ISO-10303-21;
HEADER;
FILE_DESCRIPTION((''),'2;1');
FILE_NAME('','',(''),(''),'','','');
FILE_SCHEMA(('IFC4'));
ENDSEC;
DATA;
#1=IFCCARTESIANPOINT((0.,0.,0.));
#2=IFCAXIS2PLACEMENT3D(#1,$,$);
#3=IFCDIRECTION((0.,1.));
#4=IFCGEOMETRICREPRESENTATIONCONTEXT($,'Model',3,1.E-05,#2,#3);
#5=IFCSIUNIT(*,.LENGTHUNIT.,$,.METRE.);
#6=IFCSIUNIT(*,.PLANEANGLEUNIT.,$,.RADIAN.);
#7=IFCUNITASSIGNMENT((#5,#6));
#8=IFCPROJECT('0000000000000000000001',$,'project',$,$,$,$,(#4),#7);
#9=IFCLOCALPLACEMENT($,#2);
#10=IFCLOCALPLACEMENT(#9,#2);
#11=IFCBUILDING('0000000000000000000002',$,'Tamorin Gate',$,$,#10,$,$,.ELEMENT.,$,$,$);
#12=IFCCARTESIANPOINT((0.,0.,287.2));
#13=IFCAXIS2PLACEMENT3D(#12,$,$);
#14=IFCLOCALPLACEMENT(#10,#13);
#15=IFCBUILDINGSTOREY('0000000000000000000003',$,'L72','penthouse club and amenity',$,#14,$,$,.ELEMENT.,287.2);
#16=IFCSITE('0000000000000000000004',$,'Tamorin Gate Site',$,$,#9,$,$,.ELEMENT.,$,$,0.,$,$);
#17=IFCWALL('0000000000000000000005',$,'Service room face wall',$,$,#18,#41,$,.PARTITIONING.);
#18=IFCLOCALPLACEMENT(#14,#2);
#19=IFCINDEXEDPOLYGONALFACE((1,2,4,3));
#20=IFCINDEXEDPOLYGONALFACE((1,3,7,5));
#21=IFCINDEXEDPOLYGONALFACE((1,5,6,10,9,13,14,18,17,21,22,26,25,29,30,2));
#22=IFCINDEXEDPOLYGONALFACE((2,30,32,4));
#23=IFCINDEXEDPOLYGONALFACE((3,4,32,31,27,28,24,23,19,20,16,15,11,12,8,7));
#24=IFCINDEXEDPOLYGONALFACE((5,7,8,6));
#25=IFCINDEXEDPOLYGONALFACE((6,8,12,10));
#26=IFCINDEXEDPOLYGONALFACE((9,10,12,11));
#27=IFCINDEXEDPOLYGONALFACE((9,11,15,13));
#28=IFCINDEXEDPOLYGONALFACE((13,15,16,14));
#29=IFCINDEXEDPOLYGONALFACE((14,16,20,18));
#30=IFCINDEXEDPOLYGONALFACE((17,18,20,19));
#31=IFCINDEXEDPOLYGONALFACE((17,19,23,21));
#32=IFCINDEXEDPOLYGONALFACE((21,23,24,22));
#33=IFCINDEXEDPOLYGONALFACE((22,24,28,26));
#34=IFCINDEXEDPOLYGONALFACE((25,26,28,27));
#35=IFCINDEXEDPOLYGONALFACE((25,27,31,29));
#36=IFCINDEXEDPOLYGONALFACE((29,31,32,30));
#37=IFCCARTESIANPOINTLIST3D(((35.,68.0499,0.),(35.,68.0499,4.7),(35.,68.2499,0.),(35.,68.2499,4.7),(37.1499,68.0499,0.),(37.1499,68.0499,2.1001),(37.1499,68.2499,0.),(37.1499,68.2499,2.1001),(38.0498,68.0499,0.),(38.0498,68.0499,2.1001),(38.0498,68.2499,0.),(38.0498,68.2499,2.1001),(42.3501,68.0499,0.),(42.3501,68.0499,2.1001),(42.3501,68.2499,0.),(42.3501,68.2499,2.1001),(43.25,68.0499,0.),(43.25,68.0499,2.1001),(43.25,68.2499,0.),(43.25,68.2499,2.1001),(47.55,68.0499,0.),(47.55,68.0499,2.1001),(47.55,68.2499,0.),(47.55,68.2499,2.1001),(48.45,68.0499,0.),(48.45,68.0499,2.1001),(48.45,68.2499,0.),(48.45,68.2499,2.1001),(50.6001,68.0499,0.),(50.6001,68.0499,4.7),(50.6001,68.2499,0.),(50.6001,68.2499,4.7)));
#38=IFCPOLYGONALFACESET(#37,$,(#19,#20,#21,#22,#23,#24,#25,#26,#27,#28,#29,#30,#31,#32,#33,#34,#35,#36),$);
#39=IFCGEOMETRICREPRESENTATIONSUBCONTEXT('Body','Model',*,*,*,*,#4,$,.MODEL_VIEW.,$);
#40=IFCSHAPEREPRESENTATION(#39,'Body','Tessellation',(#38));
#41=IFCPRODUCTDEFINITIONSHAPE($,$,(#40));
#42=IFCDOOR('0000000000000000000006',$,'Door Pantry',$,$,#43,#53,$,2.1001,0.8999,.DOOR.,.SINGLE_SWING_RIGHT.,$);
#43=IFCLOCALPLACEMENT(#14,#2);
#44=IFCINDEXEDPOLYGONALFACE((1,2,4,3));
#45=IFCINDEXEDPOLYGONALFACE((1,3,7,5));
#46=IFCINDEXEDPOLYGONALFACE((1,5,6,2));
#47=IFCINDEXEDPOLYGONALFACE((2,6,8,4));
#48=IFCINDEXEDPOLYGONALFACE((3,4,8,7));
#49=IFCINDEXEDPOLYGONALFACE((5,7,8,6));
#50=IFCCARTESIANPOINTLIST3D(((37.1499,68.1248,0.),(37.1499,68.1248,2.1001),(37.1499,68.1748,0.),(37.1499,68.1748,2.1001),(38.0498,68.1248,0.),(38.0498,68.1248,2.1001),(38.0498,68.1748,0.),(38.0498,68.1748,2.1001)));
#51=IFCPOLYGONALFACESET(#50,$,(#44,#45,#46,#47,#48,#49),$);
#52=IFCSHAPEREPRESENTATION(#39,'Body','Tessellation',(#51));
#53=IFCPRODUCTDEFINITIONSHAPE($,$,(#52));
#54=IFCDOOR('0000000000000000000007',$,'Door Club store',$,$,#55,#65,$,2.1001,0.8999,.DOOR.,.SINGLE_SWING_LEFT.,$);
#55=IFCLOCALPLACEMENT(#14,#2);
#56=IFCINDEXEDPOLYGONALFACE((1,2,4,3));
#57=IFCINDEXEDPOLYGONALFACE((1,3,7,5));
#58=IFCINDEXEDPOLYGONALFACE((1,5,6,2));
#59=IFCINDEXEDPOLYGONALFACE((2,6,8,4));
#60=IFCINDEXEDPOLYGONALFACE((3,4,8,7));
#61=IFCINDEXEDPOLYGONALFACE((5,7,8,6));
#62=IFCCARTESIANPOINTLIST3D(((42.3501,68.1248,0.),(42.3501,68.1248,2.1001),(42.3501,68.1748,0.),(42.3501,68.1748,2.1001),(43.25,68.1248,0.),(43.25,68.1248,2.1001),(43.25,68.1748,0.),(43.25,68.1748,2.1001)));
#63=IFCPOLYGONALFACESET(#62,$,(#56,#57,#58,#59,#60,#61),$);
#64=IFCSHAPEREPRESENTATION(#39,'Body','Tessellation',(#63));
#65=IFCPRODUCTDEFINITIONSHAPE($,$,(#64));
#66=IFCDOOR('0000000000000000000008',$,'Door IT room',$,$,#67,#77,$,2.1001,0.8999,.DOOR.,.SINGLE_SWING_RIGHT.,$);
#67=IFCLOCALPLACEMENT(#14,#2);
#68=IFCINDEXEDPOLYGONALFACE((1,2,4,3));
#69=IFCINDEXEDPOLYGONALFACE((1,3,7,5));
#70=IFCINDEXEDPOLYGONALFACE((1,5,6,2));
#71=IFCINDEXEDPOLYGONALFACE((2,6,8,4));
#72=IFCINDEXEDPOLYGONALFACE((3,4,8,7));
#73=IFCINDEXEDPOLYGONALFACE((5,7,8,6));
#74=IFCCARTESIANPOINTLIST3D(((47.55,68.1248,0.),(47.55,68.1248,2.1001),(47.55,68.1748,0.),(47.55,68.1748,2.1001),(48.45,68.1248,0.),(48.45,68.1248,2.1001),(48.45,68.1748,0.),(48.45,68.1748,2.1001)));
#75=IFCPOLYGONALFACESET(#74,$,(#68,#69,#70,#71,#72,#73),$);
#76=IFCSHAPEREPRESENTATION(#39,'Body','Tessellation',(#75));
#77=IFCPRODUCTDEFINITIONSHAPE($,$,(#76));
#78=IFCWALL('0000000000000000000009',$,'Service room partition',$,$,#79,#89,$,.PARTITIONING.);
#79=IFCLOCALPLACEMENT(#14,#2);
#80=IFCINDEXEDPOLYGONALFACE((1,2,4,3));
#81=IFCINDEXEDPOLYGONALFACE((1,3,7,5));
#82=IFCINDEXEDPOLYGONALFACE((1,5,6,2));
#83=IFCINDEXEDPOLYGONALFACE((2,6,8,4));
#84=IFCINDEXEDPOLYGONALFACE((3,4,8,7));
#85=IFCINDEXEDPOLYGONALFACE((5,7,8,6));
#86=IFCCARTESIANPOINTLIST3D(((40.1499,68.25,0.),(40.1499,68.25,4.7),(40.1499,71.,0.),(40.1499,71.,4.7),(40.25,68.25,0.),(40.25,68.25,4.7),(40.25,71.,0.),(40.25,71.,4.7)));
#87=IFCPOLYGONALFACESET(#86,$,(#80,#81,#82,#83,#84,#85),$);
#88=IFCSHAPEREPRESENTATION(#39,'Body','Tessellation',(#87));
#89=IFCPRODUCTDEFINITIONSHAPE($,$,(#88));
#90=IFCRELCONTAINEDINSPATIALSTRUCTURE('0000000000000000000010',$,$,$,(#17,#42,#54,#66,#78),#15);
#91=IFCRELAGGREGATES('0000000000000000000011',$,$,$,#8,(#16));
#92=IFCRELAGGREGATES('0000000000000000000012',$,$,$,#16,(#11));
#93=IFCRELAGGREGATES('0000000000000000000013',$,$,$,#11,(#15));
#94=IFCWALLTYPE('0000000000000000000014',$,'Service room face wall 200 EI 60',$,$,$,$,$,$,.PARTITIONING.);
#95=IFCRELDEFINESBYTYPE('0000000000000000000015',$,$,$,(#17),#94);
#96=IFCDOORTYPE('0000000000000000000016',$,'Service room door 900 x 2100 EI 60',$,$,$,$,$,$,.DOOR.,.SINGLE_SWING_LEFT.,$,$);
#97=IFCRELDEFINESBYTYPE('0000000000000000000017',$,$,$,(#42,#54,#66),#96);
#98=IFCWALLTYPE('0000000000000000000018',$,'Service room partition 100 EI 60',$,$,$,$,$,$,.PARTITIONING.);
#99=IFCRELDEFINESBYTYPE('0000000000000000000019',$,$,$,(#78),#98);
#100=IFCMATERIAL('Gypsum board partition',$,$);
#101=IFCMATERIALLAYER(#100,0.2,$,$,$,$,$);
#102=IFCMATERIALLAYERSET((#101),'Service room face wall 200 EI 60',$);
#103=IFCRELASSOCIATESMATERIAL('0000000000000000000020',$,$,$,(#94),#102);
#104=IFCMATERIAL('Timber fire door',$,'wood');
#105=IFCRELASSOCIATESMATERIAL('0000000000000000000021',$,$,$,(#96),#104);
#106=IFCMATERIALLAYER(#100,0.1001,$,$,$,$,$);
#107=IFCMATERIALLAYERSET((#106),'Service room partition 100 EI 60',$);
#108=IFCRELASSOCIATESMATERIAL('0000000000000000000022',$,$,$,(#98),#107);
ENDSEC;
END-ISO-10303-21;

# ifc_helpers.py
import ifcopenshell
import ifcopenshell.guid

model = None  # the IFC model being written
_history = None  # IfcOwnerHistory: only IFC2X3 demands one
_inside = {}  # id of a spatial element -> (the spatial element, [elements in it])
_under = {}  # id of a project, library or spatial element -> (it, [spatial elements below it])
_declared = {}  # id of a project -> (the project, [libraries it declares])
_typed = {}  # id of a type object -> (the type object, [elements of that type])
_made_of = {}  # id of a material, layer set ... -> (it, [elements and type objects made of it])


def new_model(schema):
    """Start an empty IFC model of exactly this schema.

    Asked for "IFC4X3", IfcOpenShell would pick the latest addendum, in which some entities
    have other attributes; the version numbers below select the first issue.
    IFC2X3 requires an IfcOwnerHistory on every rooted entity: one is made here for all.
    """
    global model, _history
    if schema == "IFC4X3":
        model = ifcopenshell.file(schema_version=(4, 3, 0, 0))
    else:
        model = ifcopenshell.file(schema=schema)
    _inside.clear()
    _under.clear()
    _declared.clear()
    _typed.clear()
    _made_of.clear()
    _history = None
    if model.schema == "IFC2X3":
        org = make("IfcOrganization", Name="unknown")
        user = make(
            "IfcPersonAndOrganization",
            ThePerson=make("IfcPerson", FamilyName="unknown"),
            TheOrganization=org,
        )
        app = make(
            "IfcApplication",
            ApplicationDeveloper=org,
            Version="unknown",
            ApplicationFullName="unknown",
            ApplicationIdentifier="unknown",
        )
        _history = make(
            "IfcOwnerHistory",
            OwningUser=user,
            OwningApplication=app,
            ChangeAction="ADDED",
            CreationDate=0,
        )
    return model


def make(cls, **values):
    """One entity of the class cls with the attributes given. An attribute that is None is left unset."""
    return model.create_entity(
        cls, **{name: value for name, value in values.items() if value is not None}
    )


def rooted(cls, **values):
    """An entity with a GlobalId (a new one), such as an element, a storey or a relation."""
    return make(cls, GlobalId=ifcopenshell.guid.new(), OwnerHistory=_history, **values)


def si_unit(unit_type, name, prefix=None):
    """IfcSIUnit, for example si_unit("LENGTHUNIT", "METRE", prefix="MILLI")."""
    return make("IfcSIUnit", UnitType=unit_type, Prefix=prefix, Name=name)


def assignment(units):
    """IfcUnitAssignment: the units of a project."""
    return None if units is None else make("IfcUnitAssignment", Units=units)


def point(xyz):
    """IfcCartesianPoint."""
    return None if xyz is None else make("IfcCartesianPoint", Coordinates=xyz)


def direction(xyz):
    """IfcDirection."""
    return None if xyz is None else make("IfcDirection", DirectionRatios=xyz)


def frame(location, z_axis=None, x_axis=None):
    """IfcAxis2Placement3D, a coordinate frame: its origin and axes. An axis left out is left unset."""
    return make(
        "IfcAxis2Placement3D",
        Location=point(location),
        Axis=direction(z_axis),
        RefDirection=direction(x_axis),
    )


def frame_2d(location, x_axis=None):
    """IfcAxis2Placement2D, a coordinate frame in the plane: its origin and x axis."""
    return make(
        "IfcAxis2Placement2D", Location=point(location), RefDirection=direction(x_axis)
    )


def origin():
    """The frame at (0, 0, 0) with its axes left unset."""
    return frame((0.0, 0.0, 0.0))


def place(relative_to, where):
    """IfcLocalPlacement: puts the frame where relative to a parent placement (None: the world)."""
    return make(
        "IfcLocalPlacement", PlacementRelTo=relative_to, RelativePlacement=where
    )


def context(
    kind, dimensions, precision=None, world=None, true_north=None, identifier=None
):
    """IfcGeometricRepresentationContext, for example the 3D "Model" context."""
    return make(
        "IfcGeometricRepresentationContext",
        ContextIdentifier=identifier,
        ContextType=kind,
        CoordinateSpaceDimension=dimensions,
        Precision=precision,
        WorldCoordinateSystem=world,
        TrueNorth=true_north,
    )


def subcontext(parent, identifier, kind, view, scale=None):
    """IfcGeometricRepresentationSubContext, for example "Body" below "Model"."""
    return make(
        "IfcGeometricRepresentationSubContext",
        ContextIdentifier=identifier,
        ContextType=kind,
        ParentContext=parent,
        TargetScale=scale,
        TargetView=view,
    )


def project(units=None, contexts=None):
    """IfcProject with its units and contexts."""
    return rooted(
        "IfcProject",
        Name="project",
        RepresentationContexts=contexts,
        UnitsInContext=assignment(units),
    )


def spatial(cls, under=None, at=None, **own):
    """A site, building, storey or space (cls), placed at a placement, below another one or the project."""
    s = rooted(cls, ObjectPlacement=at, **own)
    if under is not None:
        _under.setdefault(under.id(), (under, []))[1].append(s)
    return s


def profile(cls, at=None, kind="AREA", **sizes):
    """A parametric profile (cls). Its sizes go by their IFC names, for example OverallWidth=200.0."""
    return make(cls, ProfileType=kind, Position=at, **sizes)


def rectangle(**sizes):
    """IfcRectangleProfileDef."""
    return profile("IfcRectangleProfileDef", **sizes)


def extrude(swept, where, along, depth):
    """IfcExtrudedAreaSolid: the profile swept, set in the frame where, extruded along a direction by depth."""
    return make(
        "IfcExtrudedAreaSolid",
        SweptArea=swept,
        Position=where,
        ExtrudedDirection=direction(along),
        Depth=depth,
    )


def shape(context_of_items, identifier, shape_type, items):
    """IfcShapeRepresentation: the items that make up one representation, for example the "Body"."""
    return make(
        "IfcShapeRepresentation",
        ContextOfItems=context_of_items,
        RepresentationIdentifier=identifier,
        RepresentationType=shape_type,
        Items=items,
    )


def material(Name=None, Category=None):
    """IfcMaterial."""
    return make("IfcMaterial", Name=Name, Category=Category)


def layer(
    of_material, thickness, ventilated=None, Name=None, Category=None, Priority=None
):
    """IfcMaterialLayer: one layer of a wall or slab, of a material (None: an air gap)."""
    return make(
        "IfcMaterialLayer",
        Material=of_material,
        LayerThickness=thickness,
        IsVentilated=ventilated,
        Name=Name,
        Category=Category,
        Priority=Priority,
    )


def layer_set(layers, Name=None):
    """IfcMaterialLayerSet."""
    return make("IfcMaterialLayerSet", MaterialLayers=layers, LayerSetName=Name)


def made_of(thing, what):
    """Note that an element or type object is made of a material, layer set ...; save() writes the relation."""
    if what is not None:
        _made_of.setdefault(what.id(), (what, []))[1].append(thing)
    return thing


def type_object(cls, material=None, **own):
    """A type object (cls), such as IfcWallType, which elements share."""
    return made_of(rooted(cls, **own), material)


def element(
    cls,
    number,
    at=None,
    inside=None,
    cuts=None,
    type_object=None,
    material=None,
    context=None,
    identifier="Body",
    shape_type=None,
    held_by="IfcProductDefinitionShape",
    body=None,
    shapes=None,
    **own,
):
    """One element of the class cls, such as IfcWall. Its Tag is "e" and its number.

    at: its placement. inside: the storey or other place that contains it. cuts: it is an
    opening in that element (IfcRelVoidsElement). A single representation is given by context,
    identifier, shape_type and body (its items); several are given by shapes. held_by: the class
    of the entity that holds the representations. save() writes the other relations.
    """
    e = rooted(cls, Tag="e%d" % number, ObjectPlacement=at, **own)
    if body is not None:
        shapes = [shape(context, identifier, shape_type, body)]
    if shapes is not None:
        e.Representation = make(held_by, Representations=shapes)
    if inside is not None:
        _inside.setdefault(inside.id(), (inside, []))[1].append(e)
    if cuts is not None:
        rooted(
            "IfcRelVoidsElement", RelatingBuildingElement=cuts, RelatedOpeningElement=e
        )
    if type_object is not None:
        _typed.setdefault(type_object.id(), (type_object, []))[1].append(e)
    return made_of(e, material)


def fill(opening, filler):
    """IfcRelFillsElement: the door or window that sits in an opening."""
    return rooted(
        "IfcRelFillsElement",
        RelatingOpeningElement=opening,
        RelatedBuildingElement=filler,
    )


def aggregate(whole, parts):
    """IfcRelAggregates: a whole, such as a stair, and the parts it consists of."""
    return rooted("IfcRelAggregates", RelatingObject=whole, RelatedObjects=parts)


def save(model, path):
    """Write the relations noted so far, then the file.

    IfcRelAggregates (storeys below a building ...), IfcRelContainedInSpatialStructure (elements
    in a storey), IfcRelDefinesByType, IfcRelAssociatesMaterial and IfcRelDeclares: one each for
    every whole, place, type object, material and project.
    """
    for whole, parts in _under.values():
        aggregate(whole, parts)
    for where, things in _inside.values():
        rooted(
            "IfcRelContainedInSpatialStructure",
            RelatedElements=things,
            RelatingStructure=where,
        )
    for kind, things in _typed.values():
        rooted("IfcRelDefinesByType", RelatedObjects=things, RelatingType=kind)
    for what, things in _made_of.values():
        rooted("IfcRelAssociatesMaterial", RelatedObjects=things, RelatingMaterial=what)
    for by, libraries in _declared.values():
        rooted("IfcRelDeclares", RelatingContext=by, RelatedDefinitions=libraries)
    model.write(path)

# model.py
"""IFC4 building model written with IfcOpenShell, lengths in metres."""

from ifc_helpers import new_model, si_unit, direction, frame, frame_2d, origin, place, context, subcontext, project, spatial, rectangle, extrude, material, layer, layer_set, type_object, element, fill, save


model = new_model("IFC4")

# Units and contexts
model_context = context("Model", 3, precision=1e-05, world=origin(), true_north=direction((0.0, 1.0)))
body_context = subcontext(model_context, "Body", "Model", "MODEL_VIEW")
ifc_project = project(units=[si_unit("LENGTHUNIT", "METRE"), si_unit("PLANEANGLEUNIT", "RADIAN")], contexts=[model_context])

# Site, building, storey
site_placement = place(None, origin())
site = spatial("IfcSite", under=ifc_project, at=site_placement, Name="Tamorin Gate Site", CompositionType="ELEMENT", RefElevation=0.0)
building_placement = place(site_placement, origin())
building = spatial("IfcBuilding", under=site, at=building_placement, Name="Tamorin Gate", CompositionType="ELEMENT")
storey_placement = place(building_placement, frame((0.0, 0.0, 287.2)))
storey = spatial("IfcBuildingStorey", under=building, at=storey_placement, Name="L72", Description="penthouse club and amenity", CompositionType="ELEMENT", Elevation=287.2)

# Wall, openings, doors
ifc_material_1 = material(Name="Gypsum board partition")
ifc_layer_1 = layer(ifc_material_1, 0.2)
ifc_layer_set_1 = layer_set([ifc_layer_1], Name="Service room face wall 200 EI 60")
wall_type_1 = type_object("IfcWallType", Name="Service room face wall 200 EI 60", PredefinedType="PARTITIONING", material=ifc_layer_set_1)
wall_1_placement = place(storey_placement, frame((35.0, 68.1499, 0.0), z_axis=(0.0, 0.0, 1.0), x_axis=(1.0, 0.0, 0.0)))
wall_1 = element("IfcWall", 1, at=wall_1_placement, inside=storey, type_object=wall_type_1, Name="Service room face wall", PredefinedType="PARTITIONING", context=body_context, shape_type="SweptSolid", body=[
    extrude(rectangle(XDim=15.6001, YDim=0.2, at=frame_2d((7.8, 0.0))), origin(), (0.0, 0.0, 1.0), 4.7),
])
opening_1_placement = place(wall_1_placement, frame((2.1499, 0.0, 0.0)))
opening_1 = element("IfcOpeningElement", 2, at=opening_1_placement, cuts=wall_1, PredefinedType="OPENING", context=body_context, shape_type="SweptSolid", body=[
    extrude(rectangle(XDim=0.8999, YDim=2.1001, at=frame_2d((0.45, 1.05))), frame((0.0, 0.1099, 0.0), z_axis=(0.0, -1.0, 0.0), x_axis=(1.0, 0.0, 0.0)), (0.0, 0.0, 1.0), 0.22),
])
opening_2_placement = place(wall_1_placement, frame((7.3501, 0.0, 0.0)))
opening_2 = element("IfcOpeningElement", 3, at=opening_2_placement, cuts=wall_1, PredefinedType="OPENING", context=body_context, shape_type="SweptSolid", body=[
    extrude(rectangle(XDim=0.8999, YDim=2.1001, at=frame_2d((0.45, 1.05))), frame((0.0, 0.1099, 0.0), z_axis=(0.0, -1.0, 0.0), x_axis=(1.0, 0.0, 0.0)), (0.0, 0.0, 1.0), 0.22),
])
opening_3_placement = place(wall_1_placement, frame((12.55, 0.0, 0.0)))
opening_3 = element("IfcOpeningElement", 4, at=opening_3_placement, cuts=wall_1, PredefinedType="OPENING", context=body_context, shape_type="SweptSolid", body=[
    extrude(rectangle(XDim=0.8999, YDim=2.1001, at=frame_2d((0.45, 1.05))), frame((0.0, 0.1099, 0.0), z_axis=(0.0, -1.0, 0.0), x_axis=(1.0, 0.0, 0.0)), (0.0, 0.0, 1.0), 0.22),
])
ifc_material_2 = material(Name="Timber fire door", Category="wood")
door_type_1 = type_object("IfcDoorType", Name="Service room door 900 x 2100 EI 60", OperationType="SINGLE_SWING_LEFT", PredefinedType="DOOR", material=ifc_material_2)
door_1_placement = place(opening_1_placement, origin())
door_1 = element("IfcDoor", 5, at=door_1_placement, inside=storey, type_object=door_type_1, Name="Door Pantry", OperationType="SINGLE_SWING_RIGHT", OverallHeight=2.1001, OverallWidth=0.8999, PredefinedType="DOOR", context=body_context, shape_type="SweptSolid", body=[
    extrude(rectangle(XDim=0.8999, YDim=2.1001, at=frame_2d((0.45, 1.05))), frame((0.0, 0.0249, 0.0), z_axis=(0.0, -1.0, 0.0), x_axis=(1.0, 0.0, 0.0)), (0.0, 0.0, 1.0), 0.05),
])
fill(opening_1, door_1)
door_2_placement = place(opening_2_placement, origin())
door_2 = element("IfcDoor", 6, at=door_2_placement, inside=storey, type_object=door_type_1, Name="Door Club store", OperationType="SINGLE_SWING_LEFT", OverallHeight=2.1001, OverallWidth=0.8999, PredefinedType="DOOR", context=body_context, shape_type="SweptSolid", body=[
    extrude(rectangle(XDim=0.8999, YDim=2.1001, at=frame_2d((0.45, 1.05))), frame((0.0, 0.0249, 0.0), z_axis=(0.0, -1.0, 0.0), x_axis=(1.0, 0.0, 0.0)), (0.0, 0.0, 1.0), 0.05),
])
fill(opening_2, door_2)
door_3_placement = place(opening_3_placement, origin())
door_3 = element("IfcDoor", 7, at=door_3_placement, inside=storey, type_object=door_type_1, Name="Door IT room", OperationType="SINGLE_SWING_RIGHT", OverallHeight=2.1001, OverallWidth=0.8999, PredefinedType="DOOR", context=body_context, shape_type="SweptSolid", body=[
    extrude(rectangle(XDim=0.8999, YDim=2.1001, at=frame_2d((0.45, 1.05))), frame((0.0, 0.0249, 0.0), z_axis=(0.0, -1.0, 0.0), x_axis=(1.0, 0.0, 0.0)), (0.0, 0.0, 1.0), 0.05),
])
fill(opening_3, door_3)

# Wall
ifc_layer_2 = layer(ifc_material_1, 0.1001)
ifc_layer_set_2 = layer_set([ifc_layer_2], Name="Service room partition 100 EI 60")
wall_type_2 = type_object("IfcWallType", Name="Service room partition 100 EI 60", PredefinedType="PARTITIONING", material=ifc_layer_set_2)
wall_2_placement = place(storey_placement, frame((40.2, 68.25, 0.0), z_axis=(0.0, 0.0, 1.0), x_axis=(0.0, 1.0, 0.0)))
element("IfcWall", 8, at=wall_2_placement, inside=storey, type_object=wall_type_2, Name="Service room partition", PredefinedType="PARTITIONING", context=body_context, shape_type="SweptSolid", body=[
    extrude(rectangle(XDim=2.75, YDim=0.1001, at=frame_2d((1.375, 0.0))), origin(), (0.0, 0.0, 1.0), 4.7),
])

save(model, "model.ifc")
